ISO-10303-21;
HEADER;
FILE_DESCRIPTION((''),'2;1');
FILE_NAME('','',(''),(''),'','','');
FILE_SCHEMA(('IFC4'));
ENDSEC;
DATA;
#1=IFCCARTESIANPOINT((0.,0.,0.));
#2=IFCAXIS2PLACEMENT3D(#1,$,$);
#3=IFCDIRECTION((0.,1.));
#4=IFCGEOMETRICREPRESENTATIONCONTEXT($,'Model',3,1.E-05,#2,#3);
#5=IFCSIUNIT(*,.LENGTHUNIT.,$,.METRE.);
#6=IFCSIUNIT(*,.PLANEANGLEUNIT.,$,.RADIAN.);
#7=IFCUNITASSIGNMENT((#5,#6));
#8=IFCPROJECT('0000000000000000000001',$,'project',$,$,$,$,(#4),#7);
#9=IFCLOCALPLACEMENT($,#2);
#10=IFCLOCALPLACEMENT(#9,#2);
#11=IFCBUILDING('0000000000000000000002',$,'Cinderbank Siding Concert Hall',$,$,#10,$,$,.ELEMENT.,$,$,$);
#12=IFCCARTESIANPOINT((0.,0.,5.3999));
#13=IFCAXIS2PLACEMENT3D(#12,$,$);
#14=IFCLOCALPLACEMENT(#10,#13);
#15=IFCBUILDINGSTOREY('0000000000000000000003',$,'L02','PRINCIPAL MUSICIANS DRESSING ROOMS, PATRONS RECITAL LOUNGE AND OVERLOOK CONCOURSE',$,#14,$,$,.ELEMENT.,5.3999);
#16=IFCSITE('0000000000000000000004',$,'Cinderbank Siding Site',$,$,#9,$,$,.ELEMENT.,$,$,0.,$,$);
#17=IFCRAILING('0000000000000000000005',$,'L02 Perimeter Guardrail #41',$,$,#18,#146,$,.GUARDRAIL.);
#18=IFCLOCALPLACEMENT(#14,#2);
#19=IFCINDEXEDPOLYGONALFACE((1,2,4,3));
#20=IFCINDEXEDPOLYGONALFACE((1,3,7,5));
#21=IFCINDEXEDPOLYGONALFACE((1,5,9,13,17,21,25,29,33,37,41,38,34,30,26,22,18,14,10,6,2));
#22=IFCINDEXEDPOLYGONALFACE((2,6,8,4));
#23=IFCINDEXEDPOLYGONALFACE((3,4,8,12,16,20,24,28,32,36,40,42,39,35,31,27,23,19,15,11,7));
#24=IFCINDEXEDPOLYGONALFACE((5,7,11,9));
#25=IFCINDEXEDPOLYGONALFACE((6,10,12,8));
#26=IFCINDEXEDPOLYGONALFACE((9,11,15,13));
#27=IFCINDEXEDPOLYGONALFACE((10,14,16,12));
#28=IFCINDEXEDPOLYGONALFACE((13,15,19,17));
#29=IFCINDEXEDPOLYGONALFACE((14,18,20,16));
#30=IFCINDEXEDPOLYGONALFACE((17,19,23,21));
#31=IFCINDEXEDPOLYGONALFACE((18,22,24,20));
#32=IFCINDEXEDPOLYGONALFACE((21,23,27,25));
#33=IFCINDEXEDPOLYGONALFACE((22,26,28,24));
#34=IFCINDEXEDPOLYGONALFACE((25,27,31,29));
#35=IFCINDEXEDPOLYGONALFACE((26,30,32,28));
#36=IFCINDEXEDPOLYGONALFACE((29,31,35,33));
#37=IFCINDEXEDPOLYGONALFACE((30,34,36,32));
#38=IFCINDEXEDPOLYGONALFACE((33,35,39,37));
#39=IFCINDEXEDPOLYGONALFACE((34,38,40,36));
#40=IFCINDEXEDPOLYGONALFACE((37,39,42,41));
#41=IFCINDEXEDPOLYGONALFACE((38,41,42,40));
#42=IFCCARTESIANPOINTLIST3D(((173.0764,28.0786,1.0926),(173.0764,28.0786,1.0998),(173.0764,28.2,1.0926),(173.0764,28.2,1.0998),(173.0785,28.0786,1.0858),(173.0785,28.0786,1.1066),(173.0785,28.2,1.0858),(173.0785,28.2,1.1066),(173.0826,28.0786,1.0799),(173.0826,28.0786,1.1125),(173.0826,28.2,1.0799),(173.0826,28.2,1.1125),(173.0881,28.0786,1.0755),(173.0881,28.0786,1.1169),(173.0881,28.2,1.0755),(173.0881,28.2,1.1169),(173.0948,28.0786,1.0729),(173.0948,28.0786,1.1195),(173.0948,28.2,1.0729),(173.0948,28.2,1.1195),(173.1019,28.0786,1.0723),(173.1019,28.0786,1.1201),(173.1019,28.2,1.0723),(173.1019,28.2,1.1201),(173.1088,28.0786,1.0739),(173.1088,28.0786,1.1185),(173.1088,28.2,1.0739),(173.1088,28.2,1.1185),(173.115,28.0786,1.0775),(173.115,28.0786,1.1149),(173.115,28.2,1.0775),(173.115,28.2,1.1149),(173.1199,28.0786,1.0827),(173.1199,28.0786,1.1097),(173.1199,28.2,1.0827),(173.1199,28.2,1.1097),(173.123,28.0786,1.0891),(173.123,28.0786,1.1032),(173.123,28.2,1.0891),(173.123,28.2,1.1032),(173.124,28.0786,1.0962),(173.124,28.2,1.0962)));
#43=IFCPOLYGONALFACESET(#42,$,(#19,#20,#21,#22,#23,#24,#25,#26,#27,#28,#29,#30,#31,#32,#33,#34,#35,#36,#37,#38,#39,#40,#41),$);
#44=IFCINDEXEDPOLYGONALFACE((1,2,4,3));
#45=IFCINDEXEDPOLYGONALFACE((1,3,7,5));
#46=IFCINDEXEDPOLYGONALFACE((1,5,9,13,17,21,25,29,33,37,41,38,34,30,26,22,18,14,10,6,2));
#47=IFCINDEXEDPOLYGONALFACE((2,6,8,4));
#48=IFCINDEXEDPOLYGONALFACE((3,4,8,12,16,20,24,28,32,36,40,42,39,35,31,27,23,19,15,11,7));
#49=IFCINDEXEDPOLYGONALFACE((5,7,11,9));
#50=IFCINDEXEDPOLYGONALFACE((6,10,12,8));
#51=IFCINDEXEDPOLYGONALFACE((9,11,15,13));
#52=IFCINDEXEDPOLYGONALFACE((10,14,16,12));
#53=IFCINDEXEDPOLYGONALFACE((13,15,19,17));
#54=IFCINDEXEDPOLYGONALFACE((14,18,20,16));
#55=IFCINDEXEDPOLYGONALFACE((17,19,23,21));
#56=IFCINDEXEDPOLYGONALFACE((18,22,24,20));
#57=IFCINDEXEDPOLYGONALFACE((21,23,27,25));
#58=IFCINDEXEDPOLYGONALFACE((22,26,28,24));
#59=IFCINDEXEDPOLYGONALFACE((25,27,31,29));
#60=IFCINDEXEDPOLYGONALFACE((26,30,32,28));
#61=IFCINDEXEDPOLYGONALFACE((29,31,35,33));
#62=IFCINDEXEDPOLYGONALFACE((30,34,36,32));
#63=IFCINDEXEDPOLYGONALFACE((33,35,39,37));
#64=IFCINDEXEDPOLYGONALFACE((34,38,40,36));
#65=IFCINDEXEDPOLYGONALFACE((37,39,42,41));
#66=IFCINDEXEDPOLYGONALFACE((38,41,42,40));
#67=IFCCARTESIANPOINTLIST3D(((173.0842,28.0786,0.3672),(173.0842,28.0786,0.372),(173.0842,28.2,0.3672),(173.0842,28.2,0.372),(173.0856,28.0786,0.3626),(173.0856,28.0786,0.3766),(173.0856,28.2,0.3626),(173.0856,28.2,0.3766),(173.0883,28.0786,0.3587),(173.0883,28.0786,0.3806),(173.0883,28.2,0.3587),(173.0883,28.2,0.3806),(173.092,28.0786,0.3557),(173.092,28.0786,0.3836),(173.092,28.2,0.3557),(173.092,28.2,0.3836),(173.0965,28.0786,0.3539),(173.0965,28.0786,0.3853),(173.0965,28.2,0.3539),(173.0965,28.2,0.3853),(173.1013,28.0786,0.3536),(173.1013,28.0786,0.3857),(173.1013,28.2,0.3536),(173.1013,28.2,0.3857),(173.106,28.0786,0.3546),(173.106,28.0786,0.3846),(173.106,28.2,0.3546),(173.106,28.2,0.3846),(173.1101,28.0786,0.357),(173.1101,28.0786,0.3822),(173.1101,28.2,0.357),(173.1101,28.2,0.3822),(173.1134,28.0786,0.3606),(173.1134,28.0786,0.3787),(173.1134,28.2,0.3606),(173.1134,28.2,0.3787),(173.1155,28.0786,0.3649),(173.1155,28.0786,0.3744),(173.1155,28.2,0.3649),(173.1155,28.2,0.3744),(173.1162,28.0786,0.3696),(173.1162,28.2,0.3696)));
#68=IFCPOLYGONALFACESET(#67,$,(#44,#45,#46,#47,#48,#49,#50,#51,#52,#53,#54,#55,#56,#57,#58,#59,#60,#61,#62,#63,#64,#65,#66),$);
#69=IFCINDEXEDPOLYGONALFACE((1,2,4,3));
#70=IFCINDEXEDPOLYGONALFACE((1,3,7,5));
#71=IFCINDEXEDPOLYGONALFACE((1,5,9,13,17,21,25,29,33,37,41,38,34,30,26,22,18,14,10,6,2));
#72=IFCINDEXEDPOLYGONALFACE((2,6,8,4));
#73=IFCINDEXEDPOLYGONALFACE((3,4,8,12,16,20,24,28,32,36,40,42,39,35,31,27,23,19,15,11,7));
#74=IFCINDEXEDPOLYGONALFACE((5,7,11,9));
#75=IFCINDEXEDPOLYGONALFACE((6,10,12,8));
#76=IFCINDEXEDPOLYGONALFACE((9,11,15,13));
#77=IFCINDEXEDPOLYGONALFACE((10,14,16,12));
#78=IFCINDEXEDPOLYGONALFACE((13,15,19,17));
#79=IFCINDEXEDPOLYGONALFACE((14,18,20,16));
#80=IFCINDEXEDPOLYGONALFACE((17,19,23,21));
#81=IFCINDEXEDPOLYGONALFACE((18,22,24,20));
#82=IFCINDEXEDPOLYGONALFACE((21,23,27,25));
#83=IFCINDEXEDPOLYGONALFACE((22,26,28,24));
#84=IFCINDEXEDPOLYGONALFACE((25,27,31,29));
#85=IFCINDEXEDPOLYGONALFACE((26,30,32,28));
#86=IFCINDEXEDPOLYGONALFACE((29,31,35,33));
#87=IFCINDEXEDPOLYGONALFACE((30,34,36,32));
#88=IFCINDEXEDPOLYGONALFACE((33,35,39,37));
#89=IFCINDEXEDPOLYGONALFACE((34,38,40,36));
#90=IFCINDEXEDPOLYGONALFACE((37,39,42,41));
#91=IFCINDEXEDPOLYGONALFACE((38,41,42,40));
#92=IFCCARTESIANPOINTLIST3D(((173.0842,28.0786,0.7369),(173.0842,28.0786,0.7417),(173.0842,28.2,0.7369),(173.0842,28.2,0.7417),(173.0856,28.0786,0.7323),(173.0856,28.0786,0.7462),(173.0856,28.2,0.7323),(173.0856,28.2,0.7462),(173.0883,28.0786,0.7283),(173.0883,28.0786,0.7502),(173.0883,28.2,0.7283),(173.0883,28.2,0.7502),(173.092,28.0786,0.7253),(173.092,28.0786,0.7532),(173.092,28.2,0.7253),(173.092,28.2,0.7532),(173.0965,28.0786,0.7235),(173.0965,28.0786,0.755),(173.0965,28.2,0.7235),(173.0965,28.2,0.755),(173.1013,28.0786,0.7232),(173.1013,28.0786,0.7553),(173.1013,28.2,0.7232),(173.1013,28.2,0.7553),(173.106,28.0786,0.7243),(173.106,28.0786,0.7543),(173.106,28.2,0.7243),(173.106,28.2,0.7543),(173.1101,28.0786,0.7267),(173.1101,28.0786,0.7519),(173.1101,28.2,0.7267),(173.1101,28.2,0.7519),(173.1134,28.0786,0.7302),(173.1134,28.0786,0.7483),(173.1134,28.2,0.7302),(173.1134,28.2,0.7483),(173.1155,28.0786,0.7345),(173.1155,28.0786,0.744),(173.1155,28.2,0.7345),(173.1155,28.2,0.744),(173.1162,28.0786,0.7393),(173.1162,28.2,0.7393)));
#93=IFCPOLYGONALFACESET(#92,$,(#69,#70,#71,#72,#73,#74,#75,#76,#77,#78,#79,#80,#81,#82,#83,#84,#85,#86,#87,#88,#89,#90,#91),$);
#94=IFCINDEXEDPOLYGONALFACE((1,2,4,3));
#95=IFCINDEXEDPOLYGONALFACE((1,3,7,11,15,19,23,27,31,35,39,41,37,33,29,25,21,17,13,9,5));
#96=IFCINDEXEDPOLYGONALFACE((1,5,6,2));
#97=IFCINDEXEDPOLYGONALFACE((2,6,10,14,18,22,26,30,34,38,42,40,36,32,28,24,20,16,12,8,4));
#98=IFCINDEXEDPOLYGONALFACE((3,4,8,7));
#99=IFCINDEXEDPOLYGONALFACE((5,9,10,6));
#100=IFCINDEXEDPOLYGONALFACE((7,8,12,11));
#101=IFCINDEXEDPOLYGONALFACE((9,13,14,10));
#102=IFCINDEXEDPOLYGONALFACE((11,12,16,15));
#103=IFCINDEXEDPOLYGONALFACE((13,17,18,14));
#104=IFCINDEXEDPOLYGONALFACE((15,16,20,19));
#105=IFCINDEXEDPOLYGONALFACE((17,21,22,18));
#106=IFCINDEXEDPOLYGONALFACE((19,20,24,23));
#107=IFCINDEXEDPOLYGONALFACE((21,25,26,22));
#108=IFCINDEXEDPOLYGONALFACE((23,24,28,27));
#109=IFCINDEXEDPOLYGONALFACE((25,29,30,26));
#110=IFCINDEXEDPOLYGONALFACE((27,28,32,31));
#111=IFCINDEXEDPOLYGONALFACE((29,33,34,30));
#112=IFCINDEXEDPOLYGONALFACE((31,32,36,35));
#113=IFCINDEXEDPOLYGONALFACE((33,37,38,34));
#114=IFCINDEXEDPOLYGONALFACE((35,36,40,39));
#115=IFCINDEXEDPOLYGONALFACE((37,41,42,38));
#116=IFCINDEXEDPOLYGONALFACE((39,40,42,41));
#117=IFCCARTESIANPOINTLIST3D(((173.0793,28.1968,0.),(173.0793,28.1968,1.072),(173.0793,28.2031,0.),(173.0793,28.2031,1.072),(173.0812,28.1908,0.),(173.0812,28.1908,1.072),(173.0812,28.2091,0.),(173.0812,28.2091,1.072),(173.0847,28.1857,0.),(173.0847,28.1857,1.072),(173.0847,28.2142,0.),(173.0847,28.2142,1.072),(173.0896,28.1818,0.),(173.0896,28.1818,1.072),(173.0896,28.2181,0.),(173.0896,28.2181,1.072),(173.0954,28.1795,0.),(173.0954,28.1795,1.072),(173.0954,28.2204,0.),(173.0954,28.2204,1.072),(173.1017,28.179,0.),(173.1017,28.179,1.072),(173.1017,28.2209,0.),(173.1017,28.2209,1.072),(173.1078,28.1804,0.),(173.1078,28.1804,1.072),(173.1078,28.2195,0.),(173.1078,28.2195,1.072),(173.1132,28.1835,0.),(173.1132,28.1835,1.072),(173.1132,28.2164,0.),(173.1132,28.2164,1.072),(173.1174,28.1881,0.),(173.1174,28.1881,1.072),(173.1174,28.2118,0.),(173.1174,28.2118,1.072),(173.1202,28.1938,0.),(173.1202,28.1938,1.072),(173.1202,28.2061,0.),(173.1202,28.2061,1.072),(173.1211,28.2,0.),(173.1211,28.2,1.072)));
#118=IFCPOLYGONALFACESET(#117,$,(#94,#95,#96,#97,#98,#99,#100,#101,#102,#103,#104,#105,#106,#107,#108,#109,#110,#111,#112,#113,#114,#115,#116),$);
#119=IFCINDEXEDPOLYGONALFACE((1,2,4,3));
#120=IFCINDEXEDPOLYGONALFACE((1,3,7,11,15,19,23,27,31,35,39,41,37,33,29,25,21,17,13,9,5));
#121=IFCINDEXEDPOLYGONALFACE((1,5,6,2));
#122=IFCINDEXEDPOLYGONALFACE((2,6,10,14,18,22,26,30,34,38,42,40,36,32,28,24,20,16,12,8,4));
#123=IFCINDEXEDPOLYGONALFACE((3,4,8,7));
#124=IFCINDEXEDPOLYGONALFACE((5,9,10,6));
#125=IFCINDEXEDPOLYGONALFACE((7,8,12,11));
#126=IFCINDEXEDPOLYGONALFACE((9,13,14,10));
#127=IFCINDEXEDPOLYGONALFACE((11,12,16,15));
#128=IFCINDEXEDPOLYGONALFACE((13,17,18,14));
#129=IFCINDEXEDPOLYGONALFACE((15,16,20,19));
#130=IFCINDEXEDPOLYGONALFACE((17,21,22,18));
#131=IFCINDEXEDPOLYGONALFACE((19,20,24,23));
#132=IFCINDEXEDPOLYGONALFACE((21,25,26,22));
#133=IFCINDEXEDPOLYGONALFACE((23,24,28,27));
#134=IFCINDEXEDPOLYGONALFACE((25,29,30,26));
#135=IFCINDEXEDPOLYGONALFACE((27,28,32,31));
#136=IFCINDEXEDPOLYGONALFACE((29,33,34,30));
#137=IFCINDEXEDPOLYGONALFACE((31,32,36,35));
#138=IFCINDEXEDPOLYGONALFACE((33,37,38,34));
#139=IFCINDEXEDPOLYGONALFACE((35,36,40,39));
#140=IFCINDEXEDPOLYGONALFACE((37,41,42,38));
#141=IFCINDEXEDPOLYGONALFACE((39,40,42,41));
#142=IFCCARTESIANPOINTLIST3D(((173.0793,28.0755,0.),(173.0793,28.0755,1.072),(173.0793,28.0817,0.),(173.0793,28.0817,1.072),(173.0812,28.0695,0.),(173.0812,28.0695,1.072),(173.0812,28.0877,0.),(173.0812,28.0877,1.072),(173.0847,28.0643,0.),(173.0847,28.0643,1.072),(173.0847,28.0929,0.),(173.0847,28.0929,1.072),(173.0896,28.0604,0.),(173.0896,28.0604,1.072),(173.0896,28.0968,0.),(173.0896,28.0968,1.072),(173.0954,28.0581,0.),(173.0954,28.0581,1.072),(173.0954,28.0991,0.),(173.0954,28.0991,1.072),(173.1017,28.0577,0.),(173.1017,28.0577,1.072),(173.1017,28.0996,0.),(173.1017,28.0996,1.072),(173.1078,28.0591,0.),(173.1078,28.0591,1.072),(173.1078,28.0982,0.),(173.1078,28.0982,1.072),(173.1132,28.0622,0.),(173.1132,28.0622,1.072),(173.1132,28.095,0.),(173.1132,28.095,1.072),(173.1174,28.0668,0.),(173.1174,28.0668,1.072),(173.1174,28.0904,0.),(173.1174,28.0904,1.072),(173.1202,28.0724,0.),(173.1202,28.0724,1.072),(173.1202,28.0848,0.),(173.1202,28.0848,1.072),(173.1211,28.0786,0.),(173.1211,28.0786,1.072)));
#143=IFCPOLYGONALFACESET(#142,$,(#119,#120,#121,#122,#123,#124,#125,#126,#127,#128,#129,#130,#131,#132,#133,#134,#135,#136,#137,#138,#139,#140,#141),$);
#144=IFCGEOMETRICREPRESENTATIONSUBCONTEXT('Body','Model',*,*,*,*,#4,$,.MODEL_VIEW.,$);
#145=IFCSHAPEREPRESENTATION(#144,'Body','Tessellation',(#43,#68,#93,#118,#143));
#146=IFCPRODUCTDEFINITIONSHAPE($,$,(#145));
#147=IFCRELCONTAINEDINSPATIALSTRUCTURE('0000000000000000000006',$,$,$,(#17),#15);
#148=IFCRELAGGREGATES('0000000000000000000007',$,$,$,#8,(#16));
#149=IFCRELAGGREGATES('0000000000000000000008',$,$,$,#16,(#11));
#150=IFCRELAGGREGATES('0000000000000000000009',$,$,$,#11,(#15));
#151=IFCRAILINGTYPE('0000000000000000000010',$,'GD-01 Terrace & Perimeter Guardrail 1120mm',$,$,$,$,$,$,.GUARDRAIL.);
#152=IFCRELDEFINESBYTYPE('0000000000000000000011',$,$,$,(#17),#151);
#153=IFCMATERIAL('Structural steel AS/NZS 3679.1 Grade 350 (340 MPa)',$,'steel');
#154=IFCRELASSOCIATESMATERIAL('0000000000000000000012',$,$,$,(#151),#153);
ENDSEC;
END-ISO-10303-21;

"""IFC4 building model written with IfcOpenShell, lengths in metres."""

from ifc_helpers import new_model, si_unit, direction, frame, origin, origin_2d, place, context, subcontext, project, spatial, circle, extrude, material, type_object, element, save


model = new_model("IFC4")

# Units and contexts
model_context = context("Model", 3, precision=1e-05, world=origin(), true_north=direction((0.0, 1.0)))
body_context = subcontext(model_context, "Body", "Model", "MODEL_VIEW")
ifc_project = project(units=[si_unit("LENGTHUNIT", "METRE"), si_unit("PLANEANGLEUNIT", "RADIAN")], contexts=[model_context])

# Site, building, storey
site_placement = place(None, origin())
site = spatial("IfcSite", under=ifc_project, at=site_placement, Name="Cinderbank Siding Site", CompositionType="ELEMENT", RefElevation=0.0)
building_placement = place(site_placement, origin())
building = spatial("IfcBuilding", under=site, at=building_placement, Name="Cinderbank Siding Concert Hall", CompositionType="ELEMENT")
storey_placement = place(building_placement, frame((0.0, 0.0, 5.3999)))
storey = spatial("IfcBuildingStorey", under=building, at=storey_placement, Name="L02", Description="PRINCIPAL MUSICIANS DRESSING ROOMS, PATRONS RECITAL LOUNGE AND OVERLOOK CONCOURSE", CompositionType="ELEMENT", Elevation=5.3999)

# Railing
ifc_material_1 = material(Name="Structural steel AS/NZS 3679.1 Grade 350 (340 MPa)", Category="steel")
railing_type = type_object("IfcRailingType", Name="GD-01 Terrace & Perimeter Guardrail 1120mm", PredefinedType="GUARDRAIL", material=ifc_material_1)
railing_placement = place(storey_placement, frame((173.1001, 28.2, 0.0)))
element("IfcRailing", 1, at=railing_placement, inside=storey, type_object=railing_type, Name="L02 Perimeter Guardrail #41", PredefinedType="GUARDRAIL", context=body_context, shape_type="SweptSolid", body=[
    extrude(circle(Radius=0.0239, at=origin_2d()), frame((0.0, 0.0, 1.0962), z_axis=(0.0, -1.0, 0.0), x_axis=(1.0, 0.0, 0.0)), (0.0, 0.0, 1.0), 0.1213),
    extrude(circle(Radius=0.0161, at=origin_2d()), frame((0.0, 0.0, 0.3696), z_axis=(0.0, -1.0, 0.0), x_axis=(1.0, 0.0, 0.0)), (0.0, 0.0, 1.0), 0.1213),
    extrude(circle(Radius=0.0161, at=origin_2d()), frame((0.0, 0.0, 0.7393), z_axis=(0.0, -1.0, 0.0), x_axis=(1.0, 0.0, 0.0)), (0.0, 0.0, 1.0), 0.1213),
    extrude(circle(Radius=0.021, at=origin_2d()), origin(), (0.0, 0.0, 1.0), 1.072),
    extrude(circle(Radius=0.021, at=origin_2d()), frame((0.0, -0.1213, 0.0)), (0.0, 0.0, 1.0), 1.072),
])

save(model, "model.ifc")
